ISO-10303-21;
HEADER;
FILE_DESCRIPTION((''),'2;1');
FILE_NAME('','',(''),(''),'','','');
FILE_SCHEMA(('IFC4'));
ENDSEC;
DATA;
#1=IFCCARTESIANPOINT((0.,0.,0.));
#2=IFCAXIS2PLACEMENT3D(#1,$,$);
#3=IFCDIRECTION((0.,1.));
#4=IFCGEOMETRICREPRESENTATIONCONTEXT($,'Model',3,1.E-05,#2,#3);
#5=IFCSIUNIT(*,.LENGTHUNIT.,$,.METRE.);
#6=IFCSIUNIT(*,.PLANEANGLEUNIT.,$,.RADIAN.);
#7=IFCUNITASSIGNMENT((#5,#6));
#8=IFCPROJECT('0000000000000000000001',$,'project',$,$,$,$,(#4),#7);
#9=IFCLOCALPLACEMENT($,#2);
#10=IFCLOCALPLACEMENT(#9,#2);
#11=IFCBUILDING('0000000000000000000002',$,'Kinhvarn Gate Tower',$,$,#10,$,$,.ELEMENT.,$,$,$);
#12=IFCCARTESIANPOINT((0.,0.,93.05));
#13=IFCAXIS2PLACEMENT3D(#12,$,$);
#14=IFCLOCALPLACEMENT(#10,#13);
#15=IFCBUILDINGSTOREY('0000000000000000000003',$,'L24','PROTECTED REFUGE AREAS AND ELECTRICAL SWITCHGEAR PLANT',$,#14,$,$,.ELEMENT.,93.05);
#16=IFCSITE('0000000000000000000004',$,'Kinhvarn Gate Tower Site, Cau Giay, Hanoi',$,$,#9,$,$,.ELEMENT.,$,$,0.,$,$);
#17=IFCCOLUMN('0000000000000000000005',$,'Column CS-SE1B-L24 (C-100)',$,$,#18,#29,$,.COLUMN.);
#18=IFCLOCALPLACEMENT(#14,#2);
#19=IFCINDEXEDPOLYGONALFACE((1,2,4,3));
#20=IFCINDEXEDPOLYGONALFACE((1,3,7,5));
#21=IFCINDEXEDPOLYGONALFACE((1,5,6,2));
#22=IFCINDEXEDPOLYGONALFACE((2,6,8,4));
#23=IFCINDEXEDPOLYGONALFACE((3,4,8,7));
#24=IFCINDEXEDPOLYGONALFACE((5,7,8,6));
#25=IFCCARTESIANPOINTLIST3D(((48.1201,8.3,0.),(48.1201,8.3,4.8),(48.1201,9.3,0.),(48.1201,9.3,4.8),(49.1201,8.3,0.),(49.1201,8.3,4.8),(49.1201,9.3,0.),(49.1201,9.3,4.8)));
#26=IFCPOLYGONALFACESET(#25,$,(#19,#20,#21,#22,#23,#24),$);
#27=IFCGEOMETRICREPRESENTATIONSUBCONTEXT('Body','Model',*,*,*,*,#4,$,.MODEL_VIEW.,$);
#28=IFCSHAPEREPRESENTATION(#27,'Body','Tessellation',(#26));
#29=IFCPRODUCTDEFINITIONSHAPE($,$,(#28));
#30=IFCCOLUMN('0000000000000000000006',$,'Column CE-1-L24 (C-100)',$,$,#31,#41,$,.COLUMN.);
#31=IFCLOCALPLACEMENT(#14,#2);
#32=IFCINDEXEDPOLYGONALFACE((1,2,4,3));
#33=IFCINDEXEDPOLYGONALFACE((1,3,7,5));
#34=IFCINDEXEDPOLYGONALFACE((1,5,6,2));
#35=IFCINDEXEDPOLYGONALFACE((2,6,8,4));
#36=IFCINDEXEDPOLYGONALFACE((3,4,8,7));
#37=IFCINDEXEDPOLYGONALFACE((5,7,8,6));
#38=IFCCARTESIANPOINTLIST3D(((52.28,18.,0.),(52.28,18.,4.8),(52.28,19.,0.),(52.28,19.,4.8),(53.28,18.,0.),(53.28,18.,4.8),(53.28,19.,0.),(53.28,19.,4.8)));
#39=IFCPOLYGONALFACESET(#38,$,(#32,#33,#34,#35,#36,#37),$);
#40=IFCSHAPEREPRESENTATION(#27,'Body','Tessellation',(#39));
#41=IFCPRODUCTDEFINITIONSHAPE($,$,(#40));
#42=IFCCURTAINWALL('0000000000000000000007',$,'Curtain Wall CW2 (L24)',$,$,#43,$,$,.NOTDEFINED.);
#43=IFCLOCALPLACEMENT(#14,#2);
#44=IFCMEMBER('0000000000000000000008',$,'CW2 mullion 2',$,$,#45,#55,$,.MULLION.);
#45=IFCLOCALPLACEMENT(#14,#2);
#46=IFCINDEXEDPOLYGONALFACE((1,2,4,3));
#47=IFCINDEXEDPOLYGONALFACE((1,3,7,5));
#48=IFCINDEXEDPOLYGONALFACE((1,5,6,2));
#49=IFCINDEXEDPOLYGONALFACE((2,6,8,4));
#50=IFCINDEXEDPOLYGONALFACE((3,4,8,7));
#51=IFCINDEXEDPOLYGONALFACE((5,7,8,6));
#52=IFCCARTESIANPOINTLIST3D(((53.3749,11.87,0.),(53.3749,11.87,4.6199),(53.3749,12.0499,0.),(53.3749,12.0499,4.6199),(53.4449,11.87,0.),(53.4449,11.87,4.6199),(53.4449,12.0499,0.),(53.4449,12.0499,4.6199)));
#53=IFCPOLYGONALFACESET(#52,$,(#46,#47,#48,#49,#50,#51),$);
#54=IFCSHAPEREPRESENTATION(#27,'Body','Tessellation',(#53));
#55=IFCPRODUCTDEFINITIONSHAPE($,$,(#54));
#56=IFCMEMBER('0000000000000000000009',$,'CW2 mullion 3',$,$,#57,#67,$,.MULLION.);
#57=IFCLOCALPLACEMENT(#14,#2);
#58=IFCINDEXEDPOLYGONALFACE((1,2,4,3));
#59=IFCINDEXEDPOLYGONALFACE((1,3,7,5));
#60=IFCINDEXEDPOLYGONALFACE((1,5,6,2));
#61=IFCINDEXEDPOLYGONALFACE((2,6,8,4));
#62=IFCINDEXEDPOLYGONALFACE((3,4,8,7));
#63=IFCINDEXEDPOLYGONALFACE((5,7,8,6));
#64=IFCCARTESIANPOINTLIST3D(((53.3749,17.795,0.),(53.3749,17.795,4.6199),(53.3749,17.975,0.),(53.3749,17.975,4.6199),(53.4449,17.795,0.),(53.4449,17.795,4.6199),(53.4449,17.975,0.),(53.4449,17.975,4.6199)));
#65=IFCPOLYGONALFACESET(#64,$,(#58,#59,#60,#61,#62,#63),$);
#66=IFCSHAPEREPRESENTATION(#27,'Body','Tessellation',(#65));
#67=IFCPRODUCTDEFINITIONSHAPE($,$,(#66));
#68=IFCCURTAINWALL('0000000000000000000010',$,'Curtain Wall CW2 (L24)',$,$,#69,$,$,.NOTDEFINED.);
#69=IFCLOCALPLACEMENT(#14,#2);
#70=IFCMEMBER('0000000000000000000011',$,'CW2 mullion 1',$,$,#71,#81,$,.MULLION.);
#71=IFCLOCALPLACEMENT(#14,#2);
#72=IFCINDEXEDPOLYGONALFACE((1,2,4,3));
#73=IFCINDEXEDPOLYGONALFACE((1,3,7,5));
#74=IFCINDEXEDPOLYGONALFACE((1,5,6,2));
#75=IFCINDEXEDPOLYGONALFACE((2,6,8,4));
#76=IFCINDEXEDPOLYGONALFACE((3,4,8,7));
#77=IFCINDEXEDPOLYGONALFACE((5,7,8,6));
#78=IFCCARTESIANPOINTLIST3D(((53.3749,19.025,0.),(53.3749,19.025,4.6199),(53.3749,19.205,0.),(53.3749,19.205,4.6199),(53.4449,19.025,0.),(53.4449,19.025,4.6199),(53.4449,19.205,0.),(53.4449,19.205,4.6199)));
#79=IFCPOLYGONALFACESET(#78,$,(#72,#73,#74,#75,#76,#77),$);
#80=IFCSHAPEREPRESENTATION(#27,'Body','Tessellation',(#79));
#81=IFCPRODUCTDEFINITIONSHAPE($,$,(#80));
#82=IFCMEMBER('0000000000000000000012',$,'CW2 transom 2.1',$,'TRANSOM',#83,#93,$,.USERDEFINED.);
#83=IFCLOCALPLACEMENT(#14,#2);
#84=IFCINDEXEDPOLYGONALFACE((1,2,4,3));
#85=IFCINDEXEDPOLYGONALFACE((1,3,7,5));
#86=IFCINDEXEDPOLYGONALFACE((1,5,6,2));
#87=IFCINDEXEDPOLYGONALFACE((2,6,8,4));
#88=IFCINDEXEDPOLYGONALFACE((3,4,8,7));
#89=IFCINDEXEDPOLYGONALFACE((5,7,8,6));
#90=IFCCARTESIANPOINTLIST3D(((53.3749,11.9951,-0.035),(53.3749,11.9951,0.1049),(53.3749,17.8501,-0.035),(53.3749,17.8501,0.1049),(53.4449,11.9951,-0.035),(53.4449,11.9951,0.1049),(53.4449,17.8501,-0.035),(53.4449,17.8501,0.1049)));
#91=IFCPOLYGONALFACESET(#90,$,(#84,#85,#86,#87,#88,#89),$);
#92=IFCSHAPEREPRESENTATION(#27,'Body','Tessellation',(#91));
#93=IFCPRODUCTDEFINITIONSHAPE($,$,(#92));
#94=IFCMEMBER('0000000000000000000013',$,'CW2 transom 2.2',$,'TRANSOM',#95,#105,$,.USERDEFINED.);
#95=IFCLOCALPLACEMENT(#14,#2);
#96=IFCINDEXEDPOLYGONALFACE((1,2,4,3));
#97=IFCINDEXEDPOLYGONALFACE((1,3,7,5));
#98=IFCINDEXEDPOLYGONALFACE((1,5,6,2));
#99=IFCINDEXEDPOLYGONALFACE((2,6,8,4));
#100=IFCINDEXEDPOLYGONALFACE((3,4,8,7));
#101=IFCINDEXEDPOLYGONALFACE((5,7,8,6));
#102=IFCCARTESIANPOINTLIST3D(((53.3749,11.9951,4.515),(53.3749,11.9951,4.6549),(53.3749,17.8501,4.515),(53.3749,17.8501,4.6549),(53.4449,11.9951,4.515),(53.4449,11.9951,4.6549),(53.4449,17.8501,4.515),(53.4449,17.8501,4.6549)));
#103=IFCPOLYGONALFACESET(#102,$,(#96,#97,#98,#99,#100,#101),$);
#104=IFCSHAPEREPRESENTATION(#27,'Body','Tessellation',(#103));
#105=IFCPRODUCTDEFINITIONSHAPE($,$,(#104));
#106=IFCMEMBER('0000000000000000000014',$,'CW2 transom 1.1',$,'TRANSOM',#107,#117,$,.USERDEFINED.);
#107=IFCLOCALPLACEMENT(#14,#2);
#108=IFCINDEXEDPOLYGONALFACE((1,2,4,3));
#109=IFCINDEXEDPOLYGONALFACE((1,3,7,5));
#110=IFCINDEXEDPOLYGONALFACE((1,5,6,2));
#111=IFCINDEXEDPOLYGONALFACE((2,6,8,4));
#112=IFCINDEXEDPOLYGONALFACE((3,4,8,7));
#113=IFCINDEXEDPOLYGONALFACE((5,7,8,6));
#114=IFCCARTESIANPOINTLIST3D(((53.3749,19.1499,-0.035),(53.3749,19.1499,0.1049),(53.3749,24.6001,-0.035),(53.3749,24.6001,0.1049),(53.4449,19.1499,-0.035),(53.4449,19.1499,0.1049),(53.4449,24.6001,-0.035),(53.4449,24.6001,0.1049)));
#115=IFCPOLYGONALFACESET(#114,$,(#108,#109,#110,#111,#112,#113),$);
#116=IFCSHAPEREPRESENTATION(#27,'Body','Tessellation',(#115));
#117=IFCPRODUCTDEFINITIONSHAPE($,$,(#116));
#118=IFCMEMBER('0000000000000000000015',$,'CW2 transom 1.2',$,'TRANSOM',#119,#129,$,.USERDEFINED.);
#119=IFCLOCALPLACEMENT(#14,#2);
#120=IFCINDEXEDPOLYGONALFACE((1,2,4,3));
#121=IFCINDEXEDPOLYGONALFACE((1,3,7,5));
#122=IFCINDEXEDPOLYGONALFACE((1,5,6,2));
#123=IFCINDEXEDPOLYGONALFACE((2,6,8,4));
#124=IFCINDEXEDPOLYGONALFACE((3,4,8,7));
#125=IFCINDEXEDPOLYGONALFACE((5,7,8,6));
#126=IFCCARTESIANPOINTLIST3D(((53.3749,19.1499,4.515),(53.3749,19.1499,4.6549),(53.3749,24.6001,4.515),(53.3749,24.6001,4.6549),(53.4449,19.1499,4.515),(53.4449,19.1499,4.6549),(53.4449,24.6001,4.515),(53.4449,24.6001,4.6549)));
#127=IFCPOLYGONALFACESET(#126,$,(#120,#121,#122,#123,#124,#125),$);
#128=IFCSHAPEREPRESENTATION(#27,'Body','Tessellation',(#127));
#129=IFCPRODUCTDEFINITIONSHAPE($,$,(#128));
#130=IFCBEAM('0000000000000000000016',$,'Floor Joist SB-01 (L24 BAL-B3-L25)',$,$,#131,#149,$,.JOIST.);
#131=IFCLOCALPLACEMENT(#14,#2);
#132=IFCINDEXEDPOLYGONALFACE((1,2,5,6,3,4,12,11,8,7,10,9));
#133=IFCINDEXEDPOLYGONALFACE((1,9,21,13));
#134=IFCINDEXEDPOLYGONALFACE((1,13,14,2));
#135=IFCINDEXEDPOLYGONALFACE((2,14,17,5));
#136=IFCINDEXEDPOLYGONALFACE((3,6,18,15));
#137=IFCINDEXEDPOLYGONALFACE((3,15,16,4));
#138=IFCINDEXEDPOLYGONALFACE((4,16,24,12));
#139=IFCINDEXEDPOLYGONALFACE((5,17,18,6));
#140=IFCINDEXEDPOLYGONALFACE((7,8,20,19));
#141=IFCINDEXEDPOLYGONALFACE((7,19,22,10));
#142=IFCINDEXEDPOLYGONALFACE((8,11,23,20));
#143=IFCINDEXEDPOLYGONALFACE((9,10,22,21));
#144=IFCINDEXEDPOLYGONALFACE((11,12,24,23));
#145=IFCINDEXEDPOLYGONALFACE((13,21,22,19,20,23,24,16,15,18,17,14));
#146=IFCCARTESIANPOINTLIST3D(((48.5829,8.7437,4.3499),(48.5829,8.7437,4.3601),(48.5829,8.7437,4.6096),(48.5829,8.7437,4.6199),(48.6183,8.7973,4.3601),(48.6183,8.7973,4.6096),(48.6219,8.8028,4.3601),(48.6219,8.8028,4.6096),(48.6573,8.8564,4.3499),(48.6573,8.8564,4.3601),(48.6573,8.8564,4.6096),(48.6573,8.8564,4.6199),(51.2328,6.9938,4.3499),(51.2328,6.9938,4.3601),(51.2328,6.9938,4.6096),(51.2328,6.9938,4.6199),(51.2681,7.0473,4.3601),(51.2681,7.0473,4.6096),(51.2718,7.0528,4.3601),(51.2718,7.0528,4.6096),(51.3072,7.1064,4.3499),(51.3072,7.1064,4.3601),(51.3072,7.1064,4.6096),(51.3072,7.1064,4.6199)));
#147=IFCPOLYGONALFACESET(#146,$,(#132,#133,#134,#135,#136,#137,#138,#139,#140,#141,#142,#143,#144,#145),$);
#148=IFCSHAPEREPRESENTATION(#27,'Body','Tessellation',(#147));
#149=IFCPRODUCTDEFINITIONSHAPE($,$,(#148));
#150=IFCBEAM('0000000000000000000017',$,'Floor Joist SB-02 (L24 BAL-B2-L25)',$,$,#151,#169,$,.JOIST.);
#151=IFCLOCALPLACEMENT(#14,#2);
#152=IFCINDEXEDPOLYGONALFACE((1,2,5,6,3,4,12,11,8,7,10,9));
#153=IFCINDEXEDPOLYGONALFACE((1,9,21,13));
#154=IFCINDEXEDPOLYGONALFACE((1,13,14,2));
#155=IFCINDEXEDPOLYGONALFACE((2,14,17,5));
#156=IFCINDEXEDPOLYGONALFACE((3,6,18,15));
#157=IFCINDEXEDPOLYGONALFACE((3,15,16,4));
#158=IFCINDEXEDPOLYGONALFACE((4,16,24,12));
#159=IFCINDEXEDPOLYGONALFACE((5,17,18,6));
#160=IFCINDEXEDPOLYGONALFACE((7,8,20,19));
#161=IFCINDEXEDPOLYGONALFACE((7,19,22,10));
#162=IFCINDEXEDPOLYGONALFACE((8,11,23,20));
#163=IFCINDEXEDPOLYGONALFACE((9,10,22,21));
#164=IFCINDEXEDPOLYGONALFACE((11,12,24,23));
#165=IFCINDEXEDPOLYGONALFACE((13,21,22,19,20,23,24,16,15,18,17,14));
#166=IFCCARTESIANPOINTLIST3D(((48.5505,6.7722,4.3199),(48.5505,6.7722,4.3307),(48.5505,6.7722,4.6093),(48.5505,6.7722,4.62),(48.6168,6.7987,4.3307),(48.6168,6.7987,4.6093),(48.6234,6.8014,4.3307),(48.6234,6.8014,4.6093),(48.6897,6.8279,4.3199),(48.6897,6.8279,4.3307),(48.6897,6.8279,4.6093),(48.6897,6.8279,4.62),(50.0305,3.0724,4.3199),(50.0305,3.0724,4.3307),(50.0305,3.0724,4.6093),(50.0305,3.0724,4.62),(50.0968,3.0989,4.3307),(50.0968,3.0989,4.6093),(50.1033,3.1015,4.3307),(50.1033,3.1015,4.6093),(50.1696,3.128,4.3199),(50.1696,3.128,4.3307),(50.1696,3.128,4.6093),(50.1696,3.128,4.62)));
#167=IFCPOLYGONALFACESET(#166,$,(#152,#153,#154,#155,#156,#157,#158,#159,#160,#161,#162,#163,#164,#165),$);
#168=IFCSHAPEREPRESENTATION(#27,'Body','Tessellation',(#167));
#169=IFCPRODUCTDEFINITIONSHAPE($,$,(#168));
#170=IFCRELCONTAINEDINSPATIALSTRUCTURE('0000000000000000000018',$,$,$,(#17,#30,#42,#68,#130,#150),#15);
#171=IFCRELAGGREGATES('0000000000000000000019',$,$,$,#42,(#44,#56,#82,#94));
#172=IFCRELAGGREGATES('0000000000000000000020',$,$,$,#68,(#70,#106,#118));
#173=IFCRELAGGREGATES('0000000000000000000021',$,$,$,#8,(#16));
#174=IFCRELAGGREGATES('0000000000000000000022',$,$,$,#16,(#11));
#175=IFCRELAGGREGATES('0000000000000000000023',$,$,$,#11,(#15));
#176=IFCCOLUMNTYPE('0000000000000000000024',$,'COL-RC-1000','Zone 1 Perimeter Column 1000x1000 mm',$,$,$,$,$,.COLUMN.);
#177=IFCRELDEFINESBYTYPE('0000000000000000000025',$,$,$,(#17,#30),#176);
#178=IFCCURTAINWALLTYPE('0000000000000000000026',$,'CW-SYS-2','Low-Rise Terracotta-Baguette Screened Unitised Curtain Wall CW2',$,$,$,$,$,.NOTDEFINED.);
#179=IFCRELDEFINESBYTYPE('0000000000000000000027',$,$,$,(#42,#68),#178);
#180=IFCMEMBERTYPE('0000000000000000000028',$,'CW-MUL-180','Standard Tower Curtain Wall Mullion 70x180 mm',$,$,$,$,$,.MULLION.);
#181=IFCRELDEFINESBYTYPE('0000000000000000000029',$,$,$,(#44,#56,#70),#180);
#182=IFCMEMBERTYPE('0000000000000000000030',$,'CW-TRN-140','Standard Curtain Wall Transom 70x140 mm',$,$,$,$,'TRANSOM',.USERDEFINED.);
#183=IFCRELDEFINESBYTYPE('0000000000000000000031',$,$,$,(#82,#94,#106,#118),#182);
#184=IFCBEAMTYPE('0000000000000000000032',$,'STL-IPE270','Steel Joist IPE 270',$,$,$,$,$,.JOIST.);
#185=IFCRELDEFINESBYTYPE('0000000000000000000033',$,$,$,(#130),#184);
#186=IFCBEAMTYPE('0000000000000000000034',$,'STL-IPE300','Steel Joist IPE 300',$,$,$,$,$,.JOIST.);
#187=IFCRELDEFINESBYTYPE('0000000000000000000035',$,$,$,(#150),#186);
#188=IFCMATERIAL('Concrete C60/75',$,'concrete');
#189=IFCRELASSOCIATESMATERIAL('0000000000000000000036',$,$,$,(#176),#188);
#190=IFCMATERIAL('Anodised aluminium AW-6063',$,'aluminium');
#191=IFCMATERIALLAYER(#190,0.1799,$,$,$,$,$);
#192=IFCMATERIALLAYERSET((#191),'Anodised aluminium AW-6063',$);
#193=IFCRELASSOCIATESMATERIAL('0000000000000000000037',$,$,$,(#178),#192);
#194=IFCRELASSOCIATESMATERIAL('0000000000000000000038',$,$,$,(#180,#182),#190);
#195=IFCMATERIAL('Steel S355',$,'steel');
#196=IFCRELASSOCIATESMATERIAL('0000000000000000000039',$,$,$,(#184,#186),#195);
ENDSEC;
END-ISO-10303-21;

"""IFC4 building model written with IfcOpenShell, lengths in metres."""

from ifc_helpers import new_model, si_unit, direction, frame, origin, origin_2d, place, context, subcontext, project, spatial, rectangle, i_section, extrude, material, layer, layer_set, material_profile, profile_set, type_object, element, aggregate, save


model = new_model("IFC4")

# Units and contexts
model_context = context("Model", 3, precision=1e-05, world=origin(), true_north=direction((0.0, 1.0)))
body_context = subcontext(model_context, "Body", "Model", "MODEL_VIEW")
ifc_project = project(units=[si_unit("LENGTHUNIT", "METRE"), si_unit("PLANEANGLEUNIT", "RADIAN")], contexts=[model_context])

# Site, building, storey
site_placement = place(None, origin())
site = spatial("IfcSite", under=ifc_project, at=site_placement, Name="Kinhvarn Gate Tower Site, Cau Giay, Hanoi", CompositionType="ELEMENT", RefElevation=0.0)
building_placement = place(site_placement, origin())
building = spatial("IfcBuilding", under=site, at=building_placement, Name="Kinhvarn Gate Tower", CompositionType="ELEMENT")
storey_placement = place(building_placement, frame((0.0, 0.0, 93.05)))
storey = spatial("IfcBuildingStorey", under=building, at=storey_placement, Name="L24", Description="PROTECTED REFUGE AREAS AND ELECTRICAL SWITCHGEAR PLANT", CompositionType="ELEMENT", Elevation=93.05)

# Columns
ifc_material_1 = material(Name="Concrete C60/75", Category="concrete")
ifc_material_profile_1 = material_profile(ifc_material_1, rectangle(XDim=1.0, YDim=1.0, at=origin_2d()), Name="RC 1000x1000")
ifc_profile_set_1 = profile_set([ifc_material_profile_1], Name="Concrete C60/75")
column_type = type_object("IfcColumnType", Name="COL-RC-1000", Description="Zone 1 Perimeter Column 1000x1000 mm", PredefinedType="COLUMN", material=ifc_profile_set_1)
for number, where, z_axis, x_axis, name in (
    (1, (48.6201, 8.8, 0.0), (0.0, 0.0, 1.0), (1.0, 0.0, 0.0), "Column CS-SE1B-L24 (C-100)"),
    (2, (52.78, 18.5, 0.0), (0.0, 0.0, 1.0), (1.0, 0.0, 0.0), "Column CE-1-L24 (C-100)"),
):
    element("IfcColumn", number, at=place(storey_placement, frame(where, z_axis=z_axis, x_axis=x_axis)), inside=storey, type_object=column_type, Name=name, PredefinedType="COLUMN", context=body_context, shape_type="SweptSolid", body=[
        extrude(rectangle(XDim=1.0, YDim=1.0, at=origin_2d()), origin(), (0.0, 0.0, 1.0), 4.8),
    ])

# Curtain wall, members
ifc_material_2 = material(Name="Anodised aluminium AW-6063", Category="aluminium")
ifc_layer_1 = layer(ifc_material_2, 0.1799)
ifc_layer_set_1 = layer_set([ifc_layer_1], Name="Anodised aluminium AW-6063")
curtain_wall_type = type_object("IfcCurtainWallType", Name="CW-SYS-2", Description="Low-Rise Terracotta-Baguette Screened Unitised Curtain Wall CW2", PredefinedType="NOTDEFINED", material=ifc_layer_set_1)
curtain_wall_1_placement = place(storey_placement, origin())
curtain_wall_1 = element("IfcCurtainWall", 3, at=curtain_wall_1_placement, inside=storey, type_object=curtain_wall_type, Name="Curtain Wall CW2 (L24)", PredefinedType="NOTDEFINED")
ifc_material_profile_2 = material_profile(ifc_material_2, rectangle(XDim=0.0701, YDim=0.1799, at=origin_2d()), Name="ALU 70x180")
ifc_profile_set_2 = profile_set([ifc_material_profile_2], Name="Anodised aluminium AW-6063")
member_type_1 = type_object("IfcMemberType", Name="CW-MUL-180", Description="Standard Tower Curtain Wall Mullion 70x180 mm", PredefinedType="MULLION", material=ifc_profile_set_2)
member_1_placement = place(storey_placement, frame((53.4099, 11.96, 0.0), z_axis=(0.0, 0.0, 1.0), x_axis=(-1.0, 0.0, 0.0)))
member_1 = element("IfcMember", 4, at=member_1_placement, type_object=member_type_1, Name="CW2 mullion 2", PredefinedType="MULLION", context=body_context, shape_type="SweptSolid", body=[
    extrude(rectangle(XDim=0.0701, YDim=0.1799, at=origin_2d()), origin(), (0.0, 0.0, 1.0), 4.6199),
])
member_2_placement = place(storey_placement, frame((53.4099, 17.885, 0.0), z_axis=(0.0, 0.0, 1.0), x_axis=(-1.0, 0.0, 0.0)))
member_2 = element("IfcMember", 5, at=member_2_placement, type_object=member_type_1, Name="CW2 mullion 3", PredefinedType="MULLION", context=body_context, shape_type="SweptSolid", body=[
    extrude(rectangle(XDim=0.0701, YDim=0.1799, at=origin_2d()), origin(), (0.0, 0.0, 1.0), 4.6199),
])

# Curtain wall, member
curtain_wall_2_placement = place(storey_placement, origin())
curtain_wall_2 = element("IfcCurtainWall", 6, at=curtain_wall_2_placement, inside=storey, type_object=curtain_wall_type, Name="Curtain Wall CW2 (L24)", PredefinedType="NOTDEFINED")
member_3_placement = place(storey_placement, frame((53.4099, 19.115, 0.0), z_axis=(0.0, 0.0, 1.0), x_axis=(-1.0, 0.0, 0.0)))
member_3 = element("IfcMember", 7, at=member_3_placement, type_object=member_type_1, Name="CW2 mullion 1", PredefinedType="MULLION", context=body_context, shape_type="SweptSolid", body=[
    extrude(rectangle(XDim=0.0701, YDim=0.1799, at=origin_2d()), origin(), (0.0, 0.0, 1.0), 4.6199),
])

# Members
ifc_material_profile_3 = material_profile(ifc_material_2, rectangle(XDim=0.0701, YDim=0.1399, at=origin_2d()), Name="ALU 70x140")
ifc_profile_set_3 = profile_set([ifc_material_profile_3], Name="Anodised aluminium AW-6063")
member_type_2 = type_object("IfcMemberType", Name="CW-TRN-140", Description="Standard Curtain Wall Transom 70x140 mm", ElementType="TRANSOM", PredefinedType="USERDEFINED", material=ifc_profile_set_3)
member_4_placement = place(storey_placement, frame((53.4099, 11.9951, 0.0349), z_axis=(0.0, 1.0, 0.0), x_axis=(-1.0, 0.0, 0.0)))
member_4 = element("IfcMember", 8, at=member_4_placement, type_object=member_type_2, Name="CW2 transom 2.1", ObjectType="TRANSOM", PredefinedType="USERDEFINED", context=body_context, shape_type="SweptSolid", body=[
    extrude(rectangle(XDim=0.0701, YDim=0.1399, at=origin_2d()), origin(), (0.0, 0.0, 1.0), 5.855),
])
member_5_placement = place(storey_placement, frame((53.4099, 11.9951, 4.585), z_axis=(0.0, 1.0, 0.0), x_axis=(-1.0, 0.0, 0.0)))
member_5 = element("IfcMember", 9, at=member_5_placement, type_object=member_type_2, Name="CW2 transom 2.2", ObjectType="TRANSOM", PredefinedType="USERDEFINED", context=body_context, shape_type="SweptSolid", body=[
    extrude(rectangle(XDim=0.0701, YDim=0.1399, at=origin_2d()), origin(), (0.0, 0.0, 1.0), 5.855),
])
member_6_placement = place(storey_placement, frame((53.4099, 19.1499, 0.0349), z_axis=(0.0, 1.0, 0.0), x_axis=(-1.0, 0.0, 0.0)))
member_6 = element("IfcMember", 10, at=member_6_placement, type_object=member_type_2, Name="CW2 transom 1.1", ObjectType="TRANSOM", PredefinedType="USERDEFINED", context=body_context, shape_type="SweptSolid", body=[
    extrude(rectangle(XDim=0.0701, YDim=0.1399, at=origin_2d()), origin(), (0.0, 0.0, 1.0), 5.4502),
])
member_7_placement = place(storey_placement, frame((53.4099, 19.1499, 4.585), z_axis=(0.0, 1.0, 0.0), x_axis=(-1.0, 0.0, 0.0)))
member_7 = element("IfcMember", 11, at=member_7_placement, type_object=member_type_2, Name="CW2 transom 1.2", ObjectType="TRANSOM", PredefinedType="USERDEFINED", context=body_context, shape_type="SweptSolid", body=[
    extrude(rectangle(XDim=0.0701, YDim=0.1399, at=origin_2d()), origin(), (0.0, 0.0, 1.0), 5.4502),
])

# Beams
ifc_material_3 = material(Name="Steel S355", Category="steel")
ifc_material_profile_4 = material_profile(ifc_material_3, i_section(OverallWidth=0.135, OverallDepth=0.27, WebThickness=0.0066, FlangeThickness=0.0103, at=origin_2d()), Name="IPE 270")
ifc_profile_set_4 = profile_set([ifc_material_profile_4], Name="Steel S355")
beam_type_1 = type_object("IfcBeamType", Name="STL-IPE270", Description="Steel Joist IPE 270", PredefinedType="JOIST", material=ifc_profile_set_4)
beam_1_placement = place(storey_placement, frame((48.6201, 8.8, 4.4849), z_axis=(0.834455, -0.551076, 0.0), x_axis=(0.551076, 0.834455, 0.0)))
element("IfcBeam", 12, at=beam_1_placement, inside=storey, type_object=beam_type_1, Name="Floor Joist SB-01 (L24 BAL-B3-L25)", PredefinedType="JOIST", context=body_context, shape_type="SweptSolid", body=[
    extrude(i_section(OverallWidth=0.135, OverallDepth=0.27, WebThickness=0.0066, FlangeThickness=0.0103, at=origin_2d()), origin(), (0.0, 0.0, 1.0), 3.1755),
])
ifc_material_profile_5 = material_profile(ifc_material_3, i_section(OverallWidth=0.1499, OverallDepth=0.3, WebThickness=0.0071, FlangeThickness=0.0107, at=origin_2d()), Name="IPE 300")
ifc_profile_set_5 = profile_set([ifc_material_profile_5], Name="Steel S355")
beam_type_2 = type_object("IfcBeamType", Name="STL-IPE300", Description="Steel Joist IPE 300", PredefinedType="JOIST", material=ifc_profile_set_5)
beam_2_placement = place(storey_placement, frame((48.6201, 6.8, 4.47), z_axis=(0.371391, -0.928477, 0.0), x_axis=(0.928477, 0.371391, 0.0)))
element("IfcBeam", 13, at=beam_2_placement, inside=storey, type_object=beam_type_2, Name="Floor Joist SB-02 (L24 BAL-B2-L25)", PredefinedType="JOIST", context=body_context, shape_type="SweptSolid", body=[
    extrude(i_section(OverallWidth=0.1499, OverallDepth=0.3, WebThickness=0.0071, FlangeThickness=0.0107, at=origin_2d()), origin(), (0.0, 0.0, 1.0), 3.9849),
])

aggregate(curtain_wall_1, [member_1, member_2, member_4, member_5])
aggregate(curtain_wall_2, [member_3, member_6, member_7])

save(model, "model.ifc")
